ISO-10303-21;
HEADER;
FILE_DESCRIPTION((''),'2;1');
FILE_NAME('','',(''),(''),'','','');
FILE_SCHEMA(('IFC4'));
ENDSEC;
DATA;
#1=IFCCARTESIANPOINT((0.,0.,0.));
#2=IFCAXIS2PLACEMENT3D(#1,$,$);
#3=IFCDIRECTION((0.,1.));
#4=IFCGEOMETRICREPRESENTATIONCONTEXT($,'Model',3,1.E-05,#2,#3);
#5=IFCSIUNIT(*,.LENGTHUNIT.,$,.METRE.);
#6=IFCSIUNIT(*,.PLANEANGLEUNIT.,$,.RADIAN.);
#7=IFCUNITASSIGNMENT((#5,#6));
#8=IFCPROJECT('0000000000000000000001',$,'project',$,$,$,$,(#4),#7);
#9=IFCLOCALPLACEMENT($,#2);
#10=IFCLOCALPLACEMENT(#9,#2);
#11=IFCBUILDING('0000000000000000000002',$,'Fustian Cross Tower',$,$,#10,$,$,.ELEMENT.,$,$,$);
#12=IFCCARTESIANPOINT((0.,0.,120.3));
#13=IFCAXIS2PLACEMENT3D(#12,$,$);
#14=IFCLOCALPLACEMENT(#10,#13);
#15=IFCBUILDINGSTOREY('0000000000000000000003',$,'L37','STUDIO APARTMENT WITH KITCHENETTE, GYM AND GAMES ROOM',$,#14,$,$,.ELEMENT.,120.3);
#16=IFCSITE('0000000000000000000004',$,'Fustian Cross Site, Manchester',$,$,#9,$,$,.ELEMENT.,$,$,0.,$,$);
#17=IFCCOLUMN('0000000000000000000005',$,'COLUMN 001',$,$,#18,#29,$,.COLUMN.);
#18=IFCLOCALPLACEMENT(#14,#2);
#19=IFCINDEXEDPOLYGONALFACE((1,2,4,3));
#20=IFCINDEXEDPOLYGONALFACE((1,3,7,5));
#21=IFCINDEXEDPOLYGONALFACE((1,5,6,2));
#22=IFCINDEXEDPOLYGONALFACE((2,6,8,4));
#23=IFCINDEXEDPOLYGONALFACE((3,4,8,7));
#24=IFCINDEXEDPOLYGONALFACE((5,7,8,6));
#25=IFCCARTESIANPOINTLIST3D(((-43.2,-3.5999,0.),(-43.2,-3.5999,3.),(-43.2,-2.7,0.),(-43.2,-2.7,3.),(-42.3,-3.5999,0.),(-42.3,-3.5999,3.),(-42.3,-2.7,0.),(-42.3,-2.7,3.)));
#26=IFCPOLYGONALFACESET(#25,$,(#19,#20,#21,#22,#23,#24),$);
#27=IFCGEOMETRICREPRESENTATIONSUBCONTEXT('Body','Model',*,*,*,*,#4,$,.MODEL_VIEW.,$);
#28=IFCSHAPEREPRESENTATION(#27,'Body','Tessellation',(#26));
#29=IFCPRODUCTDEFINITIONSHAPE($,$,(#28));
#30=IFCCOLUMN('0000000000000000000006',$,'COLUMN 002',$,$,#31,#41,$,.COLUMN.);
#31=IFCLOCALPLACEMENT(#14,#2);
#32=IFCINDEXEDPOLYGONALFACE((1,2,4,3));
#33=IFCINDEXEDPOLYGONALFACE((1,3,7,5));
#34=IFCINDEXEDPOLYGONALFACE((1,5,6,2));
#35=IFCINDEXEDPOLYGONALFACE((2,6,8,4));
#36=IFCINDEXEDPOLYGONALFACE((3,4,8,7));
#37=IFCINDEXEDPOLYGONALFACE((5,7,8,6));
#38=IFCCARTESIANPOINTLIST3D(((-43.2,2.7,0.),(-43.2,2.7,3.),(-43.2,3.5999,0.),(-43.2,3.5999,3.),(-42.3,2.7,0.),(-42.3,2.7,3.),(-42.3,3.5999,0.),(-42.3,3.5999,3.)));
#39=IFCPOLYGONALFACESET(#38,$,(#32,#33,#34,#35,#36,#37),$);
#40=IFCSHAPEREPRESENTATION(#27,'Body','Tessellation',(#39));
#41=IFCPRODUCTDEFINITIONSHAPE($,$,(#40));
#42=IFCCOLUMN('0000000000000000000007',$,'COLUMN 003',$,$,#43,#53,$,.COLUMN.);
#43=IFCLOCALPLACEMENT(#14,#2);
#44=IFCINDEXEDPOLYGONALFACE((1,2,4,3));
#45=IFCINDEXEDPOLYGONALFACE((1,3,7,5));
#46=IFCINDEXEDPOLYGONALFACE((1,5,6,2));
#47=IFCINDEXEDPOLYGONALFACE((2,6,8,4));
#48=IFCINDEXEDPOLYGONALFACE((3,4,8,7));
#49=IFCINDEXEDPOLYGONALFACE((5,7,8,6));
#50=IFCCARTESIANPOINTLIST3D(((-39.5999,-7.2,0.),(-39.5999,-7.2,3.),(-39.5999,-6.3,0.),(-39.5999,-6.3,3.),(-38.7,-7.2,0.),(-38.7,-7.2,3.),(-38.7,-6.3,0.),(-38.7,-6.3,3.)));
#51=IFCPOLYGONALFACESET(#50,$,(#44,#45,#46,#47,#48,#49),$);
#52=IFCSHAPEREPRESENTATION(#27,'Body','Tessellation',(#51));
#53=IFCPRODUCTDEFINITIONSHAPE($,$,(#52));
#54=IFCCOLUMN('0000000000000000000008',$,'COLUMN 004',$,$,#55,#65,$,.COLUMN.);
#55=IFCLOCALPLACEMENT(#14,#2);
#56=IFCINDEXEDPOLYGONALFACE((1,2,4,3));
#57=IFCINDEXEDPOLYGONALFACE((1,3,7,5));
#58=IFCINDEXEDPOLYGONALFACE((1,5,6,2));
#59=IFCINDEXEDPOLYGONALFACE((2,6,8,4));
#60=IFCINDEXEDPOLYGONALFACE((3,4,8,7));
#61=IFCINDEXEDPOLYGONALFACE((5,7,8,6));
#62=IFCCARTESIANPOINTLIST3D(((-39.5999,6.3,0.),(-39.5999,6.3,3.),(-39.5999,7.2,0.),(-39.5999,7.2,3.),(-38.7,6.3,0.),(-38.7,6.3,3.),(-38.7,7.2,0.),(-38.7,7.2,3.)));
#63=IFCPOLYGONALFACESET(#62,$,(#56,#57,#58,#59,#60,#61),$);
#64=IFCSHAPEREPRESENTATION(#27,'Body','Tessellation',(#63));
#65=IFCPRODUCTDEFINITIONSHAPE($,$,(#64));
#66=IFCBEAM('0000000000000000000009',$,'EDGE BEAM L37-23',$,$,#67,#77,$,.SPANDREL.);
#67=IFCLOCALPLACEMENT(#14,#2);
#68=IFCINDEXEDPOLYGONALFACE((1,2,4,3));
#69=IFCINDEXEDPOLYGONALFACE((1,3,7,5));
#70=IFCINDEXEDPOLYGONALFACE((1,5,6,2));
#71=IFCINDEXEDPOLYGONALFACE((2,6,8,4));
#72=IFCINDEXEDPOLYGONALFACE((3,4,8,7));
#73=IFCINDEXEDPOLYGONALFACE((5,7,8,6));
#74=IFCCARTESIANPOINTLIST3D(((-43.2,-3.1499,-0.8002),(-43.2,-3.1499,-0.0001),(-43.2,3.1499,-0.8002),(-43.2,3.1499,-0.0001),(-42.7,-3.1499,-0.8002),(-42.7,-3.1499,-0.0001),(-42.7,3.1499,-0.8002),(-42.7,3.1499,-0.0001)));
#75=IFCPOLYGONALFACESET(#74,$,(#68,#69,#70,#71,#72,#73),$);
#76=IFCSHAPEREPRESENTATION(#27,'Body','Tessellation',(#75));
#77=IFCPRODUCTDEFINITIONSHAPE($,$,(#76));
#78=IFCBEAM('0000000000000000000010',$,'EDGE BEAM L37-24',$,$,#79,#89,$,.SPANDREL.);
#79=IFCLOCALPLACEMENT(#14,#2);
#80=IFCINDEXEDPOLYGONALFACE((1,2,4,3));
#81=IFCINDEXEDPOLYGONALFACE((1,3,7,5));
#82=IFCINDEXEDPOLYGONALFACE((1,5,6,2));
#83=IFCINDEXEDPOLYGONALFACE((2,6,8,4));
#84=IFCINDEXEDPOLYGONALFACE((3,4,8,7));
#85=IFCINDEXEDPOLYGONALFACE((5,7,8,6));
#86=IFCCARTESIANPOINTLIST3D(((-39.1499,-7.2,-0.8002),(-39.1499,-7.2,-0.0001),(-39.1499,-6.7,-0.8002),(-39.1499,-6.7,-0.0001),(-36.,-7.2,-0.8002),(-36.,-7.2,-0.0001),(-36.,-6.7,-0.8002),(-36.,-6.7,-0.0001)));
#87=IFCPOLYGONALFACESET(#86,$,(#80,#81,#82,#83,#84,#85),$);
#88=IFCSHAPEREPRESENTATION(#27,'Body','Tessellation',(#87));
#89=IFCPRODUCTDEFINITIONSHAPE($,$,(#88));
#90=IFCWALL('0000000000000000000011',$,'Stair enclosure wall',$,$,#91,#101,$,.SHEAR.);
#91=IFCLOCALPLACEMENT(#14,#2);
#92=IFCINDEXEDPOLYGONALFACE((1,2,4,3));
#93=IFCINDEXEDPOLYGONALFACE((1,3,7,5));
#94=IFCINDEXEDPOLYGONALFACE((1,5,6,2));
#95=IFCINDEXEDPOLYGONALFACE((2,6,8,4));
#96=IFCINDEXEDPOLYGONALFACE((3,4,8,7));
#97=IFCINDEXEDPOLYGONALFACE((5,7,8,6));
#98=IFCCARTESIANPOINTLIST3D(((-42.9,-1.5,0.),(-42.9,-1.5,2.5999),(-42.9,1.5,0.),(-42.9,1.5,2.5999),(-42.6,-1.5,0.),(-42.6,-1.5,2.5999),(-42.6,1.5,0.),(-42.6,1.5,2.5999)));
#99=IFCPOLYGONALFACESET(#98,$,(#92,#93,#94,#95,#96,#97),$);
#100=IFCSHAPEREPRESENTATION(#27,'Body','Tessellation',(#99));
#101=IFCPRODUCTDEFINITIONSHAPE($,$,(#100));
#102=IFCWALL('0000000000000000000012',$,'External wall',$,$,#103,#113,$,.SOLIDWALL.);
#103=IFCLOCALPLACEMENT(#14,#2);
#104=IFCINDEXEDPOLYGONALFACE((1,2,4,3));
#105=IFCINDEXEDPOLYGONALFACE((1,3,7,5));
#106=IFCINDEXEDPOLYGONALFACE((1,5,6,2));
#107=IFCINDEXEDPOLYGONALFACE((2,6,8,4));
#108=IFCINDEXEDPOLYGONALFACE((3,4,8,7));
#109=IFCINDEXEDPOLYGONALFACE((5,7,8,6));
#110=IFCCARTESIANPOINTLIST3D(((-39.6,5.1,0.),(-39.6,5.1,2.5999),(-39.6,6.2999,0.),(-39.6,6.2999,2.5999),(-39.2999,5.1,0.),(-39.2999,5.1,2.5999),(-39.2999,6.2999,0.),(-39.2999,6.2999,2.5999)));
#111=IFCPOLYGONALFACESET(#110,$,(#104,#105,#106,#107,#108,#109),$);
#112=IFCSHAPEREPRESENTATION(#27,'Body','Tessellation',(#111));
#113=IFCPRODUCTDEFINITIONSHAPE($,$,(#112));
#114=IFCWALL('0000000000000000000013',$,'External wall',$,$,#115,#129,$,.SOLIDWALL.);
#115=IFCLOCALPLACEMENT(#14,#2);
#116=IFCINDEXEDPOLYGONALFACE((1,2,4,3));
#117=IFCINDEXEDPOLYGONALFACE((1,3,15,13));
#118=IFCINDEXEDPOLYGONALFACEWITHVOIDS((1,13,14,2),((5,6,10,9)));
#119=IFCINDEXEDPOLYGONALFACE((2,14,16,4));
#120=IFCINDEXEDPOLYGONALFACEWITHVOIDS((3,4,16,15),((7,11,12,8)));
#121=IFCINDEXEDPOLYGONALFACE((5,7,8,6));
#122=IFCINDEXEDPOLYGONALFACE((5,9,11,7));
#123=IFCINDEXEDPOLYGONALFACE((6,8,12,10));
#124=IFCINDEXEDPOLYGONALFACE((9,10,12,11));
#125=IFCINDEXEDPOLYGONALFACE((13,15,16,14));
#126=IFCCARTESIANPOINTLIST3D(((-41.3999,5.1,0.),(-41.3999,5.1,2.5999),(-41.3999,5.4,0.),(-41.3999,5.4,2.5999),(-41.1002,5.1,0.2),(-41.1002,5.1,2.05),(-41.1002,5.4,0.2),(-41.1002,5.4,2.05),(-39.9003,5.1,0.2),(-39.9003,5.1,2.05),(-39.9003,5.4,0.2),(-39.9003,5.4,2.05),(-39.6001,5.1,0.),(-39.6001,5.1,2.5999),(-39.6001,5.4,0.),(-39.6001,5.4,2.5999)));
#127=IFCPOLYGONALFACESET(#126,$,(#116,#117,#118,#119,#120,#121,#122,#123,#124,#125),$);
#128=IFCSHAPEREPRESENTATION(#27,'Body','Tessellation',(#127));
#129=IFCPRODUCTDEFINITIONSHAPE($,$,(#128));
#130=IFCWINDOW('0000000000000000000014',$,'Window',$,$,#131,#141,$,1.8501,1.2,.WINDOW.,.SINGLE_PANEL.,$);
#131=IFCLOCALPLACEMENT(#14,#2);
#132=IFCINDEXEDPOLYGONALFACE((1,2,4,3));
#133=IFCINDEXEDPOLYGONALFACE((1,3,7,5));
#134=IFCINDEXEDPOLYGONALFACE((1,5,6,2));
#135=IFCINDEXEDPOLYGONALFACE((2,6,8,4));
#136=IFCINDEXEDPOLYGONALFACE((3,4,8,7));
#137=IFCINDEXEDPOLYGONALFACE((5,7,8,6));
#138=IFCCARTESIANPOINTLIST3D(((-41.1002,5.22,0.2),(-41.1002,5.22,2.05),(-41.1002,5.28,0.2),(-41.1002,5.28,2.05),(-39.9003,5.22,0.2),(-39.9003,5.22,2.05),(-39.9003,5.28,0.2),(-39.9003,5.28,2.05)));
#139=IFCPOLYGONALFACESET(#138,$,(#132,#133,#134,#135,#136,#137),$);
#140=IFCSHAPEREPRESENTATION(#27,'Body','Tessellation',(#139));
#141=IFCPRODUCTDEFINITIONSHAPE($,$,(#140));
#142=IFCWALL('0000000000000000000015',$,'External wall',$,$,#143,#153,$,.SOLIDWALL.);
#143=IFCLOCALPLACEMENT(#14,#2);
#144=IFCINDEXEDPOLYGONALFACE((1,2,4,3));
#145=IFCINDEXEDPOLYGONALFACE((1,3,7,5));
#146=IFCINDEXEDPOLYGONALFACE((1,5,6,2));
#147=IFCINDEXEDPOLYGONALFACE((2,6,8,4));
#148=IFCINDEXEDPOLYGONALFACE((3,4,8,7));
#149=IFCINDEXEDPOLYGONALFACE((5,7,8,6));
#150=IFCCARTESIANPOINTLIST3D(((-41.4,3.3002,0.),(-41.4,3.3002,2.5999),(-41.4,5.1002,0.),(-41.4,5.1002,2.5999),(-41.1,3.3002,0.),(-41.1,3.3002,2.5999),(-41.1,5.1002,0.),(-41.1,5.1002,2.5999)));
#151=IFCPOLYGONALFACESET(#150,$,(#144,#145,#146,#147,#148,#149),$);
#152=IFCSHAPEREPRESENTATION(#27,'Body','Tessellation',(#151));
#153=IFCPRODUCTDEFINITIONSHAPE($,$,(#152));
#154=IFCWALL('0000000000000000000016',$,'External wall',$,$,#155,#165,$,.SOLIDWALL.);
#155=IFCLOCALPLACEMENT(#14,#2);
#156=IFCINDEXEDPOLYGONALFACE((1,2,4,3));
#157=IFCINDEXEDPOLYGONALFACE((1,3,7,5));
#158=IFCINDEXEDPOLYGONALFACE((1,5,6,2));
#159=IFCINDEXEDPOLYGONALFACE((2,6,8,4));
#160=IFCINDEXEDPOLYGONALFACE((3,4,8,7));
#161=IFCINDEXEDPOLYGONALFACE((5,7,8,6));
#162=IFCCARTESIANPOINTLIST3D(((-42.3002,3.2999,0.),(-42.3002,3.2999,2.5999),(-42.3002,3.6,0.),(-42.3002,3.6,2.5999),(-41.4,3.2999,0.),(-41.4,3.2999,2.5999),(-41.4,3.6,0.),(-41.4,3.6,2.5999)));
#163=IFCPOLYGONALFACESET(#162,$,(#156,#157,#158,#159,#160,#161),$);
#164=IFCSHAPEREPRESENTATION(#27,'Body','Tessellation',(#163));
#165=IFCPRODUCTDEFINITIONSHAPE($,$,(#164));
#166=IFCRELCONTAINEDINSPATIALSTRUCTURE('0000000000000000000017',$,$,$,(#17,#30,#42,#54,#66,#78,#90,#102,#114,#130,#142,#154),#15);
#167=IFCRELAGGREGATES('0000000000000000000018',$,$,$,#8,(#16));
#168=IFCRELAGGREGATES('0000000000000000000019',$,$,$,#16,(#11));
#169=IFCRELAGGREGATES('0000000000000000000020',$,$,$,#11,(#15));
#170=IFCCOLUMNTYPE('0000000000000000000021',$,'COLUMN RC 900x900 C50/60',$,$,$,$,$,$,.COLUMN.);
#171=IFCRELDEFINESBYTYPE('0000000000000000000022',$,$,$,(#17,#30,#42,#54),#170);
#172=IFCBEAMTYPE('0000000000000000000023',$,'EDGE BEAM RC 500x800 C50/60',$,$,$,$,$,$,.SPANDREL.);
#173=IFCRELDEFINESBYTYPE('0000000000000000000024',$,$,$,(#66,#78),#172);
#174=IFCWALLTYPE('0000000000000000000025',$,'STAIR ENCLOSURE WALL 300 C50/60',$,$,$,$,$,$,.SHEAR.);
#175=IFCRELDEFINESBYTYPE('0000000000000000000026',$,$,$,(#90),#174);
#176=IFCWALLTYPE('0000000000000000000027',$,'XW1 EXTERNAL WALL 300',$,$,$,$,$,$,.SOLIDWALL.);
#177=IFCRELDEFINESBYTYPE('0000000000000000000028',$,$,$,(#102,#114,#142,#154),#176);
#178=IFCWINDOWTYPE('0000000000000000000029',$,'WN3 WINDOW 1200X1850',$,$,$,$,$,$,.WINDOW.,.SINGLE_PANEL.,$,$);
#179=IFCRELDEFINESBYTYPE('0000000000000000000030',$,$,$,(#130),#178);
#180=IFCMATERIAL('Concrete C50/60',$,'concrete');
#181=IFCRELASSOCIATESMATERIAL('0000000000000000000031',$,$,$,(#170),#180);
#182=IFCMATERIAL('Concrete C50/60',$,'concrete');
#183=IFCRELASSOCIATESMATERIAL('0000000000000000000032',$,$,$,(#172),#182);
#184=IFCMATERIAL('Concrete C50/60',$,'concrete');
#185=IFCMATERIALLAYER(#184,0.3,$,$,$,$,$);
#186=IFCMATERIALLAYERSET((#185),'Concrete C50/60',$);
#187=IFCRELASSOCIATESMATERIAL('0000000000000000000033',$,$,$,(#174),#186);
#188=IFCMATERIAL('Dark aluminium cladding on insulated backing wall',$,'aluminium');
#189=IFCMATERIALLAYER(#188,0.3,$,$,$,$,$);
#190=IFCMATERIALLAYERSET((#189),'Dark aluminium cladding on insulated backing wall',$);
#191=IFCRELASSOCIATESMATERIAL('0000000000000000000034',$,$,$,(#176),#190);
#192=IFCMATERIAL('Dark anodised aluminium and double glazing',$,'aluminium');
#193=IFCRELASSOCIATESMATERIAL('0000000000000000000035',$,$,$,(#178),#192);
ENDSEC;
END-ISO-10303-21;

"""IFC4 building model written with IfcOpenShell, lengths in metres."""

from ifc_helpers import new_model, si_unit, direction, frame, frame_2d, origin, origin_2d, place, context, subcontext, project, spatial, rectangle, extrude, material, layer, layer_set, material_profile, profile_set, type_object, element, fill, save


model = new_model("IFC4")

# Units and contexts
model_context = context("Model", 3, precision=1e-05, world=origin(), true_north=direction((0.0, 1.0)))
body_context = subcontext(model_context, "Body", "Model", "MODEL_VIEW")
ifc_project = project(units=[si_unit("LENGTHUNIT", "METRE"), si_unit("PLANEANGLEUNIT", "RADIAN")], contexts=[model_context])

# Site, building, storey
site_placement = place(None, origin())
site = spatial("IfcSite", under=ifc_project, at=site_placement, Name="Fustian Cross Site, Manchester", CompositionType="ELEMENT", RefElevation=0.0)
building_placement = place(site_placement, origin())
building = spatial("IfcBuilding", under=site, at=building_placement, Name="Fustian Cross Tower", CompositionType="ELEMENT")
storey_placement = place(building_placement, frame((0.0, 0.0, 120.3)))
storey = spatial("IfcBuildingStorey", under=building, at=storey_placement, Name="L37", Description="STUDIO APARTMENT WITH KITCHENETTE, GYM AND GAMES ROOM", CompositionType="ELEMENT", Elevation=120.3)

# Columns
ifc_material_1 = material(Name="Concrete C50/60", Category="concrete")
ifc_material_profile_1 = material_profile(ifc_material_1, rectangle(XDim=0.8999, YDim=0.8999, at=origin_2d()), Name="RC 900x900")
ifc_profile_set_1 = profile_set([ifc_material_profile_1], Name="Concrete C50/60")
column_type = type_object("IfcColumnType", Name="COLUMN RC 900x900 C50/60", PredefinedType="COLUMN", material=ifc_profile_set_1)
for number, where, z_axis, x_axis, name in (
    (1, (-42.75, -3.1499, 0.0), (0.0, 0.0, 1.0), (1.0, 0.0, 0.0), "COLUMN 001"),
    (2, (-42.75, 3.1499, 0.0), (0.0, 0.0, 1.0), (1.0, 0.0, 0.0), "COLUMN 002"),
    (3, (-39.1499, -6.75, 0.0), (0.0, 0.0, 1.0), (1.0, 0.0, 0.0), "COLUMN 003"),
    (4, (-39.1499, 6.75, 0.0), (0.0, 0.0, 1.0), (1.0, 0.0, 0.0), "COLUMN 004"),
):
    element("IfcColumn", number, at=place(storey_placement, frame(where, z_axis=z_axis, x_axis=x_axis)), inside=storey, type_object=column_type, Name=name, PredefinedType="COLUMN", context=body_context, shape_type="SweptSolid", body=[
        extrude(rectangle(XDim=0.8999, YDim=0.8999, at=origin_2d()), origin(), (0.0, 0.0, 1.0), 3.0),
    ])

# Beams
ifc_material_2 = material(Name="Concrete C50/60", Category="concrete")
ifc_material_profile_2 = material_profile(ifc_material_2, rectangle(XDim=0.5, YDim=0.8, at=origin_2d()), Name="RC 500x800")
ifc_profile_set_2 = profile_set([ifc_material_profile_2], Name="Concrete C50/60")
beam_type = type_object("IfcBeamType", Name="EDGE BEAM RC 500x800 C50/60", PredefinedType="SPANDREL", material=ifc_profile_set_2)
beam_1_placement = place(storey_placement, frame((-42.95, 3.1499, -0.4001), z_axis=(0.0, -1.0, 0.0), x_axis=(1.0, 0.0, 0.0)))
element("IfcBeam", 5, at=beam_1_placement, inside=storey, type_object=beam_type, Name="EDGE BEAM L37-23", PredefinedType="SPANDREL", context=body_context, shape_type="SweptSolid", body=[
    extrude(rectangle(XDim=0.5, YDim=0.8, at=origin_2d()), origin(), (0.0, 0.0, 1.0), 6.2998),
])
beam_2_placement = place(storey_placement, frame((-39.1499, -6.95, -0.4001), z_axis=(1.0, 0.0, 0.0), x_axis=(0.0, 1.0, 0.0)))
element("IfcBeam", 6, at=beam_2_placement, inside=storey, type_object=beam_type, Name="EDGE BEAM L37-24", PredefinedType="SPANDREL", context=body_context, shape_type="SweptSolid", body=[
    extrude(rectangle(XDim=0.5, YDim=0.8, at=origin_2d()), origin(), (0.0, 0.0, 1.0), 3.1499),
])

# Walls
ifc_material_3 = material(Name="Concrete C50/60", Category="concrete")
ifc_layer_1 = layer(ifc_material_3, 0.3)
ifc_layer_set_1 = layer_set([ifc_layer_1], Name="Concrete C50/60")
wall_type_1 = type_object("IfcWallType", Name="STAIR ENCLOSURE WALL 300 C50/60", PredefinedType="SHEAR", material=ifc_layer_set_1)
wall_1_placement = place(storey_placement, frame((-42.75, -1.5, 0.0), z_axis=(0.0, 0.0, 1.0), x_axis=(0.0, 1.0, 0.0)))
element("IfcWall", 7, at=wall_1_placement, inside=storey, type_object=wall_type_1, Name="Stair enclosure wall", PredefinedType="SHEAR", context=body_context, shape_type="SweptSolid", body=[
    extrude(rectangle(XDim=3.0, YDim=0.3, at=frame_2d((1.5, 0.0))), origin(), (0.0, 0.0, 1.0), 2.5999),
])
ifc_material_4 = material(Name="Dark aluminium cladding on insulated backing wall", Category="aluminium")
ifc_layer_2 = layer(ifc_material_4, 0.3)
ifc_layer_set_2 = layer_set([ifc_layer_2], Name="Dark aluminium cladding on insulated backing wall")
wall_type_2 = type_object("IfcWallType", Name="XW1 EXTERNAL WALL 300", PredefinedType="SOLIDWALL", material=ifc_layer_set_2)
wall_2_placement = place(storey_placement, frame((-39.45, 6.3, 0.0), z_axis=(0.0, 0.0, 1.0), x_axis=(0.0, -1.0, 0.0)))
element("IfcWall", 8, at=wall_2_placement, inside=storey, type_object=wall_type_2, Name="External wall", PredefinedType="SOLIDWALL", context=body_context, shape_type="SweptSolid", body=[
    extrude(rectangle(XDim=1.2, YDim=0.3, at=frame_2d((0.6001, 0.0))), origin(), (0.0, 0.0, 1.0), 2.5999),
])

# Wall, opening, window
wall_3_placement = place(storey_placement, frame((-39.6001, 5.25, 0.0), z_axis=(0.0, 0.0, 1.0), x_axis=(-1.0, 0.0, 0.0)))
wall_3 = element("IfcWall", 9, at=wall_3_placement, inside=storey, type_object=wall_type_2, Name="External wall", PredefinedType="SOLIDWALL", context=body_context, shape_type="SweptSolid", body=[
    extrude(rectangle(XDim=1.7998, YDim=0.3, at=frame_2d((0.8999, 0.0))), origin(), (0.0, 0.0, 1.0), 2.5999),
])
opening_1_placement = place(wall_3_placement, frame((0.3, 0.0, 0.2)))
opening_1 = element("IfcOpeningElement", 10, at=opening_1_placement, cuts=wall_3, PredefinedType="OPENING", context=body_context, shape_type="SweptSolid", body=[
    extrude(rectangle(XDim=1.2, YDim=1.8501, at=frame_2d((0.6001, 0.925))), frame((0.0, 0.1599, 0.0), z_axis=(0.0, -1.0, 0.0), x_axis=(1.0, 0.0, 0.0)), (0.0, 0.0, 1.0), 0.3201),
])
ifc_material_5 = material(Name="Dark anodised aluminium and double glazing", Category="aluminium")
window_type_1 = type_object("IfcWindowType", Name="WN3 WINDOW 1200X1850", PartitioningType="SINGLE_PANEL", PredefinedType="WINDOW", material=ifc_material_5)
window_1_placement = place(opening_1_placement, origin())
window_1 = element("IfcWindow", 11, at=window_1_placement, inside=storey, type_object=window_type_1, Name="Window", OverallHeight=1.8501, OverallWidth=1.2, PartitioningType="SINGLE_PANEL", PredefinedType="WINDOW", context=body_context, shape_type="SweptSolid", body=[
    extrude(rectangle(XDim=1.2, YDim=1.8501, at=frame_2d((0.6001, 0.925))), frame((0.0, 0.03, 0.0), z_axis=(0.0, -1.0, 0.0), x_axis=(1.0, 0.0, 0.0)), (0.0, 0.0, 1.0), 0.0601),
])
fill(opening_1, window_1)

# Walls
wall_4_placement = place(storey_placement, frame((-41.25, 5.1001, 0.0), z_axis=(0.0, 0.0, 1.0), x_axis=(0.0, -1.0, 0.0)))
element("IfcWall", 12, at=wall_4_placement, inside=storey, type_object=wall_type_2, Name="External wall", PredefinedType="SOLIDWALL", context=body_context, shape_type="SweptSolid", body=[
    extrude(rectangle(XDim=1.8, YDim=0.3, at=frame_2d((0.8999, 0.0))), origin(), (0.0, 0.0, 1.0), 2.5999),
])
wall_5_placement = place(storey_placement, frame((-41.3999, 3.45, 0.0), z_axis=(0.0, 0.0, 1.0), x_axis=(-1.0, 0.0, 0.0)))
element("IfcWall", 13, at=wall_5_placement, inside=storey, type_object=wall_type_2, Name="External wall", PredefinedType="SOLIDWALL", context=body_context, shape_type="SweptSolid", body=[
    extrude(rectangle(XDim=0.9001, YDim=0.3, at=frame_2d((0.4502, 0.0))), origin(), (0.0, 0.0, 1.0), 2.5999),
])

save(model, "model.ifc")
